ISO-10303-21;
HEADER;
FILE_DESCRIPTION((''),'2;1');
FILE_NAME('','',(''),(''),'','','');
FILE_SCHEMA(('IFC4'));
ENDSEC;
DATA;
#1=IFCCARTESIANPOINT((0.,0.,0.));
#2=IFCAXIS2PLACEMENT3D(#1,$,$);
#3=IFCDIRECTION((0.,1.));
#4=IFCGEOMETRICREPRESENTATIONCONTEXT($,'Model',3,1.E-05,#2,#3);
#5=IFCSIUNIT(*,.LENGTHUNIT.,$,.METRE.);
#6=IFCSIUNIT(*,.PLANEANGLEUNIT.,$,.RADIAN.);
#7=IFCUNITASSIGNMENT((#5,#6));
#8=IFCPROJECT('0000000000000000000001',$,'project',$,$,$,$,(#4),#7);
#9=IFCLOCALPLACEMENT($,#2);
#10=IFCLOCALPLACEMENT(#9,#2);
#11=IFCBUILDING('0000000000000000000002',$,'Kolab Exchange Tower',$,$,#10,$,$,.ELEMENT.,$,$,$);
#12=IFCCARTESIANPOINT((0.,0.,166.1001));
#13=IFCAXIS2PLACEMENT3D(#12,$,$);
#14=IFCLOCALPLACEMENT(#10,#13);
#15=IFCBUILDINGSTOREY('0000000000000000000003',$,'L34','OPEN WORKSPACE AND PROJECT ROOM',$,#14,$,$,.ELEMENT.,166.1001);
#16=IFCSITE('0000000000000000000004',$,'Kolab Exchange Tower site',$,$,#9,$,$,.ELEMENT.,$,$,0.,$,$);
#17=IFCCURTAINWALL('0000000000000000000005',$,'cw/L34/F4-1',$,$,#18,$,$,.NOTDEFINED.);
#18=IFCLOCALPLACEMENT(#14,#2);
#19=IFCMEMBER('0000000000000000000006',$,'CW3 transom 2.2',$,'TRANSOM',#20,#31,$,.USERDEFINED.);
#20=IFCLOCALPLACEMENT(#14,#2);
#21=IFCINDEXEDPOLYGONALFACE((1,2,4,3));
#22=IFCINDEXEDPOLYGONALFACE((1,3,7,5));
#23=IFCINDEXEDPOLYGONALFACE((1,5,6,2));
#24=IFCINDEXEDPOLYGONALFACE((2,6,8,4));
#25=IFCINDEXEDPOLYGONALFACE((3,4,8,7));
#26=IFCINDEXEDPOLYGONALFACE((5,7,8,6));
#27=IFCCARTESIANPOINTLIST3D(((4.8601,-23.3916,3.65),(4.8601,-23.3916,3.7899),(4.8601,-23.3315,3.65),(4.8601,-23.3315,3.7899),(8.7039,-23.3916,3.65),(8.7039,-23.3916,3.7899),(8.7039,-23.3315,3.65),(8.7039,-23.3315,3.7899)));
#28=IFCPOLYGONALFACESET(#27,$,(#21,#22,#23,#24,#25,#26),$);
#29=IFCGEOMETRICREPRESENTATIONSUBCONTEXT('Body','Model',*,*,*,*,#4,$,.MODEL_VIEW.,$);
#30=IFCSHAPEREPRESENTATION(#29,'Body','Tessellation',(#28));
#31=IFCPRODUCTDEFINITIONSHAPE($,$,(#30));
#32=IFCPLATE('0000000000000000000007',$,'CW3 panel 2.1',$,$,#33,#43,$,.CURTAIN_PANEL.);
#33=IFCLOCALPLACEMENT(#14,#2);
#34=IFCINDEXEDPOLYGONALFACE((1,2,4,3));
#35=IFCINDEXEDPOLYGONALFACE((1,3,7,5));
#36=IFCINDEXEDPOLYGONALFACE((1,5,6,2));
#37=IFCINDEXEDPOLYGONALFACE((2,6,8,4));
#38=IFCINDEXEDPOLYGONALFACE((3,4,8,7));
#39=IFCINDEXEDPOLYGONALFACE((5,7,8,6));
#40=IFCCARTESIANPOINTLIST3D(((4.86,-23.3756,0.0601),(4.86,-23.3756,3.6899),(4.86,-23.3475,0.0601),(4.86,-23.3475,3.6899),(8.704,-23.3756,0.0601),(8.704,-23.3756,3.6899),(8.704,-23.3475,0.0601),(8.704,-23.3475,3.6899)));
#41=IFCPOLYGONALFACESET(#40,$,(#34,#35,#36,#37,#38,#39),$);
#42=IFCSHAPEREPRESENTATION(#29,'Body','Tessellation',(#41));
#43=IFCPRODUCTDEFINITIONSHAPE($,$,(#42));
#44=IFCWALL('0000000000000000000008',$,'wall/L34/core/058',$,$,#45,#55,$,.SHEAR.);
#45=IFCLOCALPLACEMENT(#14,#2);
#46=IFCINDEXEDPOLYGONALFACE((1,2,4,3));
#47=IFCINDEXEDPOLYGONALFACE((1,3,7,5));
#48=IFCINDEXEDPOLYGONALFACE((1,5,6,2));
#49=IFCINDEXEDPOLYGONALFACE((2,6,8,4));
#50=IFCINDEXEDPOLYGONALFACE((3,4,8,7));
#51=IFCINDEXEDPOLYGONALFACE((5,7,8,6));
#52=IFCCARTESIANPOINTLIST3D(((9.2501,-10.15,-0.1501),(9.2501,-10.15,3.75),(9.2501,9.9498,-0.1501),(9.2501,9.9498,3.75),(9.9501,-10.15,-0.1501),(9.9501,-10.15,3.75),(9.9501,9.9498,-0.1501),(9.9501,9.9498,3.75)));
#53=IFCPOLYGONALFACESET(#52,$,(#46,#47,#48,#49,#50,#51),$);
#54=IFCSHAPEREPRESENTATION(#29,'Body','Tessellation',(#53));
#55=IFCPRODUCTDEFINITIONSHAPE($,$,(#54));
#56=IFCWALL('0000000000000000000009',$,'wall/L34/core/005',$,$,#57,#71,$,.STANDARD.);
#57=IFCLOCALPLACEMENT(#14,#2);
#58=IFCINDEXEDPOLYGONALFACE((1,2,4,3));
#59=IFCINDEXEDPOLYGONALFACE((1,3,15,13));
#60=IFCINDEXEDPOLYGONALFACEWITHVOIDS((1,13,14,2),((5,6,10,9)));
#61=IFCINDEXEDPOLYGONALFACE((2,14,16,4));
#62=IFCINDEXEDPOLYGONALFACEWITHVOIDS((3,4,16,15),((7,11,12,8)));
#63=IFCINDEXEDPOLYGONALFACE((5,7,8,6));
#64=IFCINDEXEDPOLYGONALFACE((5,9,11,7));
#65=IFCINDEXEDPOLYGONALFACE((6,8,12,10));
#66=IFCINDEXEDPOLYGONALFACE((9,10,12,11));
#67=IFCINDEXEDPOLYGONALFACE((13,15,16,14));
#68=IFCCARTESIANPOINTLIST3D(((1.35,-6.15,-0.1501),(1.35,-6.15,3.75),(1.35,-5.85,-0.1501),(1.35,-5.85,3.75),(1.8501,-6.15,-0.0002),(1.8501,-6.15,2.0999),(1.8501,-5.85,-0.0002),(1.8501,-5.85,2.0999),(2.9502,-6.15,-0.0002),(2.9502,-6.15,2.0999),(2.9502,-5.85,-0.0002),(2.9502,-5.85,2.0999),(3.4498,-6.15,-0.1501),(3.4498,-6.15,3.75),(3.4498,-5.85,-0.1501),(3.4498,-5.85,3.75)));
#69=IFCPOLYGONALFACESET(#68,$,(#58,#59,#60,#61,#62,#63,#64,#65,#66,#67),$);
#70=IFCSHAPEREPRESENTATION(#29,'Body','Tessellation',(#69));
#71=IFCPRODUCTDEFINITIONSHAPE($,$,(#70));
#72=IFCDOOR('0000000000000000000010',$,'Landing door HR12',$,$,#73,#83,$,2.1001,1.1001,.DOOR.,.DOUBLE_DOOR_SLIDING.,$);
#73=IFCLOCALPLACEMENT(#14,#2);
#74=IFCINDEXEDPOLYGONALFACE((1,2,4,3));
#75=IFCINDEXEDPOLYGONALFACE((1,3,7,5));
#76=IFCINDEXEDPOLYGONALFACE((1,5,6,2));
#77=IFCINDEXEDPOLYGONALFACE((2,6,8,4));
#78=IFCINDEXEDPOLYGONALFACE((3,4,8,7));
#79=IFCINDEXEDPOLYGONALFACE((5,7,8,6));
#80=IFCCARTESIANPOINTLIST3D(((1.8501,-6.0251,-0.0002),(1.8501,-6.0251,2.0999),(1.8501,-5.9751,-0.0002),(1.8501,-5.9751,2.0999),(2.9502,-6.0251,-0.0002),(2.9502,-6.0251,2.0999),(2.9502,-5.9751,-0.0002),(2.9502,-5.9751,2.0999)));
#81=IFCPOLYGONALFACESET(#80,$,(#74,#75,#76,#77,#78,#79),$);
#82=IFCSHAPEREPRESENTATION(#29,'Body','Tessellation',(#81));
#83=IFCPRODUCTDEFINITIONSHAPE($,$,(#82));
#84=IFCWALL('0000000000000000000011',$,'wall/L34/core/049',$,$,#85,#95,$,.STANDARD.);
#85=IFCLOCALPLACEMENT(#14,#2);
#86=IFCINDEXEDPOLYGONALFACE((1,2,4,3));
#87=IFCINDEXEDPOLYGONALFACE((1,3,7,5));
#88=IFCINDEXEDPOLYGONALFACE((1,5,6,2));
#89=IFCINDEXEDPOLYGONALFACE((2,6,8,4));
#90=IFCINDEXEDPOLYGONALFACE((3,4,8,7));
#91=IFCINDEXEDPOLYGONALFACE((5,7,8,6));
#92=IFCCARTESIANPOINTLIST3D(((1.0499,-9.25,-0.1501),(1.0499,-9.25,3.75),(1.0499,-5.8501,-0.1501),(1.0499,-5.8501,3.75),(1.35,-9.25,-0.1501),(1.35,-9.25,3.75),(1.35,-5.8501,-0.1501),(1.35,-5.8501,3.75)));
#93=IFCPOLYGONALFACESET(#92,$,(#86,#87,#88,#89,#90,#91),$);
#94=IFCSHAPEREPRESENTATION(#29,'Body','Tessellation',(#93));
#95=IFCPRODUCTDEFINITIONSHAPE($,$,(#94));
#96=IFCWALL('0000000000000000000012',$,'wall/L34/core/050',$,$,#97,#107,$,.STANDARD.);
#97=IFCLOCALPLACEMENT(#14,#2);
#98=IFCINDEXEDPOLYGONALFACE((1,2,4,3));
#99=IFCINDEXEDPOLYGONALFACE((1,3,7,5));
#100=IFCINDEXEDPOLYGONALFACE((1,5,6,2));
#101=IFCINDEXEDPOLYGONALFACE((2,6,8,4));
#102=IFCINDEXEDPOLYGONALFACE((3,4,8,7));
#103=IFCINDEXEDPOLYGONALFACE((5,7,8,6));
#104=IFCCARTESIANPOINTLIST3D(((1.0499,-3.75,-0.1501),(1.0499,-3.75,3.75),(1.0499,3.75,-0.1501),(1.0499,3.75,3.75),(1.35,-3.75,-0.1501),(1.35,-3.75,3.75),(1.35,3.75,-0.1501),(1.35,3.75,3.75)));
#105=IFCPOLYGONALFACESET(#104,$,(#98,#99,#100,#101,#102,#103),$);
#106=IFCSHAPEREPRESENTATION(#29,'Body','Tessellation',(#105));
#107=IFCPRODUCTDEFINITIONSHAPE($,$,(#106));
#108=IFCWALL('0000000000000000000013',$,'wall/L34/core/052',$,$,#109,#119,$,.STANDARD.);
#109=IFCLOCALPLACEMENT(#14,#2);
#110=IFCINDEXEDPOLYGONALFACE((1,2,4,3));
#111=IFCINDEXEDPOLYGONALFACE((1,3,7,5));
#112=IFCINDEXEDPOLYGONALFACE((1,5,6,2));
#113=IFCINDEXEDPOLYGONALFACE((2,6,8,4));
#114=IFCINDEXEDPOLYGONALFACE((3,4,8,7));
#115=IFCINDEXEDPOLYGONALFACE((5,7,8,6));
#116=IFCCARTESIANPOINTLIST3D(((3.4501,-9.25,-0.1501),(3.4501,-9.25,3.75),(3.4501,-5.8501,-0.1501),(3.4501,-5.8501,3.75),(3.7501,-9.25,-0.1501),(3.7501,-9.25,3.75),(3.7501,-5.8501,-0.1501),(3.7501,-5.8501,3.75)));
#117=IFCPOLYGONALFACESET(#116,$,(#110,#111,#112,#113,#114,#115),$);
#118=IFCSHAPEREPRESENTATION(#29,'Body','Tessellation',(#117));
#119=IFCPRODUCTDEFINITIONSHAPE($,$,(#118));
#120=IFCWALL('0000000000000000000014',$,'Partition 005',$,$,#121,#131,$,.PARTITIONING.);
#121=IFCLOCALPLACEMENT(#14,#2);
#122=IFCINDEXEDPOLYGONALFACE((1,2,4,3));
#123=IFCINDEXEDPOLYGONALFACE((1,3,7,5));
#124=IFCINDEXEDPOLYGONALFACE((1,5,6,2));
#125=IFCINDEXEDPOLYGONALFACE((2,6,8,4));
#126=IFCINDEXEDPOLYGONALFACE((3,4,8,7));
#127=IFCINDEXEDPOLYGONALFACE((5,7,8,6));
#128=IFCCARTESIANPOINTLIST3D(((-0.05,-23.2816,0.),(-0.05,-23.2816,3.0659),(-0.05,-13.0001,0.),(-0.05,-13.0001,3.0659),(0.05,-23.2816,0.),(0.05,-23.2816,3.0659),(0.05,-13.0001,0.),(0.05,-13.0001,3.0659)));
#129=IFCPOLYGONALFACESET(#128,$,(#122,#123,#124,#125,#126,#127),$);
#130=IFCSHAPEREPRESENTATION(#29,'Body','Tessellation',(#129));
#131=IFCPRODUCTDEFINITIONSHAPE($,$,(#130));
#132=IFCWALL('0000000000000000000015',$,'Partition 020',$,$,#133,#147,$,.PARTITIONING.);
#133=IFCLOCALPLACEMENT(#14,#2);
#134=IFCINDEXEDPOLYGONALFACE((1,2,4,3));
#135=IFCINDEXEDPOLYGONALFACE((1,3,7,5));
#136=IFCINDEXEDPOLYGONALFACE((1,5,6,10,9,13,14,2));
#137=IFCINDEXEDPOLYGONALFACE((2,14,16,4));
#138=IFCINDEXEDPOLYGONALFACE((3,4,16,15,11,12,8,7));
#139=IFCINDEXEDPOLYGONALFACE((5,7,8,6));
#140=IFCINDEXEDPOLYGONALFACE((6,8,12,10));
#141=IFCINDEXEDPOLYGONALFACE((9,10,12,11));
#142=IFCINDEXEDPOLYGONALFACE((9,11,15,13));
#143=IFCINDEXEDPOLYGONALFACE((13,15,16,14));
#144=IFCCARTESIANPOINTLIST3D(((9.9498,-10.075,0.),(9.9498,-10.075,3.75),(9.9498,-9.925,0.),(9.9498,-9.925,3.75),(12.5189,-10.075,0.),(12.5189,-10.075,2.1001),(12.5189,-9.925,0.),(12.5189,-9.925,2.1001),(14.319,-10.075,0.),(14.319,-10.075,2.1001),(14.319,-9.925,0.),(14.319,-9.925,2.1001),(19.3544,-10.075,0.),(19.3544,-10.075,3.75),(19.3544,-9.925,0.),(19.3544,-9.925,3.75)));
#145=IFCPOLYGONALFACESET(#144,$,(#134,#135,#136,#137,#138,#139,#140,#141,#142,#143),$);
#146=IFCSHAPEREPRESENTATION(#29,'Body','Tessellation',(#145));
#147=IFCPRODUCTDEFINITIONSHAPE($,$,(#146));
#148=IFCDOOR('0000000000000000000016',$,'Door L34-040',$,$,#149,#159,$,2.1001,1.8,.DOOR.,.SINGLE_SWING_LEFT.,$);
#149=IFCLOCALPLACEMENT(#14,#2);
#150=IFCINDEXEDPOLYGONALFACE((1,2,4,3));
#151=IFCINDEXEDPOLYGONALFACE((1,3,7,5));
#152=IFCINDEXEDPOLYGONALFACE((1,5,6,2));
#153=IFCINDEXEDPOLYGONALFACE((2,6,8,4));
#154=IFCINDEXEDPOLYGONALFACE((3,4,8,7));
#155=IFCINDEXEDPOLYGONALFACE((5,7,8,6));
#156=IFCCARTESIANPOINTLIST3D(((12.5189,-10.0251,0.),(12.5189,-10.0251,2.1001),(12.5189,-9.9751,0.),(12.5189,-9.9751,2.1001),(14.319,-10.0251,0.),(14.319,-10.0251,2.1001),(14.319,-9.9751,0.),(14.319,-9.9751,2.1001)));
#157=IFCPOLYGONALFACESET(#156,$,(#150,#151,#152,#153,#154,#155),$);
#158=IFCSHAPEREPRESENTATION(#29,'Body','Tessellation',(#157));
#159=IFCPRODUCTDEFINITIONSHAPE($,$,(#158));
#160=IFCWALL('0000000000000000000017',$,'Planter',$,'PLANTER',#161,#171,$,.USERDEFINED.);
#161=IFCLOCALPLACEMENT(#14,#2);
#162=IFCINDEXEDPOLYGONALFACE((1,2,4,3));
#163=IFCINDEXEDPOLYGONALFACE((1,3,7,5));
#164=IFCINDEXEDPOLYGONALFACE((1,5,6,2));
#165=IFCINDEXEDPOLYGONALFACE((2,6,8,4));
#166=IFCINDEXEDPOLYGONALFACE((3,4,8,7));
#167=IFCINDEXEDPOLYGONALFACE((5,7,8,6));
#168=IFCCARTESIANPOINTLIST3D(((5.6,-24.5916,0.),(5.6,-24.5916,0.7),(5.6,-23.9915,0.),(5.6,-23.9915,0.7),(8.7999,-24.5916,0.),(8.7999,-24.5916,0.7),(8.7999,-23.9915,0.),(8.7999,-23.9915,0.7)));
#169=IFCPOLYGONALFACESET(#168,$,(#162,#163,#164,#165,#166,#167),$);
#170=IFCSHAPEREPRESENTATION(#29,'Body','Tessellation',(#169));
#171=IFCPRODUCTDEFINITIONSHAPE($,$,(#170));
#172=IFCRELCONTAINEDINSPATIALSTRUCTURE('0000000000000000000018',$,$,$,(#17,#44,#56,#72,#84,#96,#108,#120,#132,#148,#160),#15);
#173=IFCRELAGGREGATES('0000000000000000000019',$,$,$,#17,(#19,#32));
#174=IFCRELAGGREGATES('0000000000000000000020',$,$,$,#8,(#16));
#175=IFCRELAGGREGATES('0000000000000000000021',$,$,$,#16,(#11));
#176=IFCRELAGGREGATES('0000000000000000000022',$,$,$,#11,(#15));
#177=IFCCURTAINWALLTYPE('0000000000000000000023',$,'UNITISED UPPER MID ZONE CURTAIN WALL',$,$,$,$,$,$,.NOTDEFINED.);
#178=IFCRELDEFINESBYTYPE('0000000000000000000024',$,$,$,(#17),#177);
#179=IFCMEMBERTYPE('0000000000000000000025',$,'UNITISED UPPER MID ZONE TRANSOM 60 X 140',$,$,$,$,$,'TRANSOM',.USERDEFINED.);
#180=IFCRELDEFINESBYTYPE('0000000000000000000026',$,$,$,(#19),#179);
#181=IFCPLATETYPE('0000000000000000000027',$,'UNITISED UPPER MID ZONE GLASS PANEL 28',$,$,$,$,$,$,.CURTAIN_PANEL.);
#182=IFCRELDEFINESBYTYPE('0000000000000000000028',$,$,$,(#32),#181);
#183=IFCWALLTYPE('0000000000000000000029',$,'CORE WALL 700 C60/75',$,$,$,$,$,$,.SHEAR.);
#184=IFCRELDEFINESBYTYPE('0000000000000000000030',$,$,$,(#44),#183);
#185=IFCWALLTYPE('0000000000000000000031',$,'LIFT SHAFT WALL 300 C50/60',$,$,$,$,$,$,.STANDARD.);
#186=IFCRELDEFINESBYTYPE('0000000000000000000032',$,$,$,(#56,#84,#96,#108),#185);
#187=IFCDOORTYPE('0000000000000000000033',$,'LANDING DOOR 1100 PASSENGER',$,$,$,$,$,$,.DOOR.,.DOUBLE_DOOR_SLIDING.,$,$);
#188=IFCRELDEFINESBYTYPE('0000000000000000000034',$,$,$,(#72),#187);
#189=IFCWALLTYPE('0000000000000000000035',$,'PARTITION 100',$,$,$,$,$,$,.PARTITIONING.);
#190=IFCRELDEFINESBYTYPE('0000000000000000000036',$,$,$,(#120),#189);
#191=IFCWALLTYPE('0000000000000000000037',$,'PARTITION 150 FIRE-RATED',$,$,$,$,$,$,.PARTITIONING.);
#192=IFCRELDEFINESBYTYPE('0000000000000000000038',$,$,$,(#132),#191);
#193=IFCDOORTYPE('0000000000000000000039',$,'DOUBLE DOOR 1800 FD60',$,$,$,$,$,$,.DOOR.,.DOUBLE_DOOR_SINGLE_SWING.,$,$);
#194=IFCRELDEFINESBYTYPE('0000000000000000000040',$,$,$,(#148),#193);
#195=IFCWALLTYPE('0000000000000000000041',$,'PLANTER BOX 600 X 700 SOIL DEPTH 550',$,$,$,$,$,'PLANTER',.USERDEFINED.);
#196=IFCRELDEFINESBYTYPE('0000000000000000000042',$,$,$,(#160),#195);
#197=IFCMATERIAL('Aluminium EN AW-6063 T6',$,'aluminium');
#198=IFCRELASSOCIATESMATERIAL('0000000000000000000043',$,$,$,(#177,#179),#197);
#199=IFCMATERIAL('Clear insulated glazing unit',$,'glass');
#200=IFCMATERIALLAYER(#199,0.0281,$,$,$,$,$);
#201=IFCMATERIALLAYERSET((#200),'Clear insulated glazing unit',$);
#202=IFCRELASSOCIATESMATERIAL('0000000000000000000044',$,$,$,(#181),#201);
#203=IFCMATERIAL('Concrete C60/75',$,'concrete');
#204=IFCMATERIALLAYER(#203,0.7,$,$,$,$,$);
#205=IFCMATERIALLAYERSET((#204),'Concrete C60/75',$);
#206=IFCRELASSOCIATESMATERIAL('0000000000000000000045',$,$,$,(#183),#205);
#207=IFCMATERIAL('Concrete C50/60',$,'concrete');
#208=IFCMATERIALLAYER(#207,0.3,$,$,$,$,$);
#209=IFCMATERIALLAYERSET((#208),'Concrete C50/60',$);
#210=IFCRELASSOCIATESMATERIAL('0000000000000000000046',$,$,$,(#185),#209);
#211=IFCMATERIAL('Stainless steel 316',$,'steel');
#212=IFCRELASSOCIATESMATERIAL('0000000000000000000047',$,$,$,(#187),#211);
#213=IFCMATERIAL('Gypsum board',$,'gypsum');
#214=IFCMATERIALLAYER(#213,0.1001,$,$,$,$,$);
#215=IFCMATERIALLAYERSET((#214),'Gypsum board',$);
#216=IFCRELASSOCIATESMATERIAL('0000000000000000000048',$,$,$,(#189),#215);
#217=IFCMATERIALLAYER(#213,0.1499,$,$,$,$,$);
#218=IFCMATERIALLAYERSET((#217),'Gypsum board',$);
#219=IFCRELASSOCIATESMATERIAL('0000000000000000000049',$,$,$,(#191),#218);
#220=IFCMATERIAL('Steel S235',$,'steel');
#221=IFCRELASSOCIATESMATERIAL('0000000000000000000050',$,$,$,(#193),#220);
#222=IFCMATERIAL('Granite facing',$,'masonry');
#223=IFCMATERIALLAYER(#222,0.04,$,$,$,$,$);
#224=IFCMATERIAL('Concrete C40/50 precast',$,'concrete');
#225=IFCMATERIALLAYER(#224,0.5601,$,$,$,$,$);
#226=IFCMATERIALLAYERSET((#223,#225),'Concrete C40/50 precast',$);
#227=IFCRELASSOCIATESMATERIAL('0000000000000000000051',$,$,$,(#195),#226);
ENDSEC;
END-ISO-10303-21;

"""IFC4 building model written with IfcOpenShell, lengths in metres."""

from ifc_helpers import new_model, si_unit, direction, frame, frame_2d, origin, origin_2d, place, context, subcontext, project, spatial, rectangle, extrude, material, layer, layer_set, material_profile, profile_set, type_object, element, fill, aggregate, save


model = new_model("IFC4")

# Units and contexts
model_context = context("Model", 3, precision=1e-05, world=origin(), true_north=direction((0.0, 1.0)))
body_context = subcontext(model_context, "Body", "Model", "MODEL_VIEW")
ifc_project = project(units=[si_unit("LENGTHUNIT", "METRE"), si_unit("PLANEANGLEUNIT", "RADIAN")], contexts=[model_context])

# Site, building, storey
site_placement = place(None, origin())
site = spatial("IfcSite", under=ifc_project, at=site_placement, Name="Kolab Exchange Tower site", CompositionType="ELEMENT", RefElevation=0.0)
building_placement = place(site_placement, origin())
building = spatial("IfcBuilding", under=site, at=building_placement, Name="Kolab Exchange Tower", CompositionType="ELEMENT")
storey_placement = place(building_placement, frame((0.0, 0.0, 166.1001)))
storey = spatial("IfcBuildingStorey", under=building, at=storey_placement, Name="L34", Description="OPEN WORKSPACE AND PROJECT ROOM", CompositionType="ELEMENT", Elevation=166.1001)

# Shared definitions
ifc_material_1 = material(Name="Concrete C60/75", Category="concrete")

# Curtain wall, member, plate
ifc_material_2 = material(Name="Aluminium EN AW-6063 T6", Category="aluminium")
curtain_wall_type = type_object("IfcCurtainWallType", Name="UNITISED UPPER MID ZONE CURTAIN WALL", PredefinedType="NOTDEFINED", material=ifc_material_2)
curtain_wall_placement = place(storey_placement, origin())
curtain_wall = element("IfcCurtainWall", 1, at=curtain_wall_placement, inside=storey, type_object=curtain_wall_type, Name="cw/L34/F4-1", PredefinedType="NOTDEFINED")
ifc_material_profile_1 = material_profile(ifc_material_2, rectangle(XDim=0.0601, YDim=0.1399, at=origin_2d()), Name="RECT 60X140")
ifc_profile_set_1 = profile_set([ifc_material_profile_1], Name="Aluminium EN AW-6063 T6")
member_type_1 = type_object("IfcMemberType", Name="UNITISED UPPER MID ZONE TRANSOM 60 X 140", ElementType="TRANSOM", PredefinedType="USERDEFINED", material=ifc_profile_set_1)
member_1_placement = place(storey_placement, frame((8.7039, -23.3616, 3.72), z_axis=(-1.0, 0.0, 0.0), x_axis=(0.0, -1.0, 0.0)))
member_1 = element("IfcMember", 2, at=member_1_placement, type_object=member_type_1, Name="CW3 transom 2.2", ObjectType="TRANSOM", PredefinedType="USERDEFINED", context=body_context, shape_type="SweptSolid", body=[
    extrude(rectangle(XDim=0.0601, YDim=0.1399, at=origin_2d()), origin(), (0.0, 0.0, 1.0), 3.8438),
])
ifc_material_3 = material(Name="Clear insulated glazing unit", Category="glass")
ifc_layer_1 = layer(ifc_material_3, 0.0281)
ifc_layer_set_1 = layer_set([ifc_layer_1], Name="Clear insulated glazing unit")
plate_type = type_object("IfcPlateType", Name="UNITISED UPPER MID ZONE GLASS PANEL 28", PredefinedType="CURTAIN_PANEL", material=ifc_layer_set_1)
plate_placement = place(storey_placement, frame((6.782, -23.3616, 0.0601), z_axis=(0.0, 0.0, 1.0), x_axis=(-1.0, 0.0, 0.0)))
plate = element("IfcPlate", 3, at=plate_placement, type_object=plate_type, Name="CW3 panel 2.1", PredefinedType="CURTAIN_PANEL", context=body_context, shape_type="SweptSolid", body=[
    extrude(rectangle(XDim=3.844, YDim=0.0281, at=origin_2d()), origin(), (0.0, 0.0, 1.0), 3.6299),
])
aggregate(curtain_wall, [member_1, plate])

# Wall
ifc_layer_2 = layer(ifc_material_1, 0.7)
ifc_layer_set_2 = layer_set([ifc_layer_2], Name="Concrete C60/75")
wall_type_1 = type_object("IfcWallType", Name="CORE WALL 700 C60/75", PredefinedType="SHEAR", material=ifc_layer_set_2)
wall_1_placement = place(storey_placement, frame((9.6001, -10.1499, -0.1501), z_axis=(0.0, 0.0, 1.0), x_axis=(0.0, 1.0, 0.0)))
element("IfcWall", 4, at=wall_1_placement, inside=storey, type_object=wall_type_1, Name="wall/L34/core/058", PredefinedType="SHEAR", context=body_context, shape_type="SweptSolid", body=[
    extrude(rectangle(XDim=20.0999, YDim=0.7, at=frame_2d((10.0498, 0.0))), origin(), (0.0, 0.0, 1.0), 3.9001),
])

# Wall, opening, door
ifc_material_4 = material(Name="Concrete C50/60", Category="concrete")
ifc_layer_3 = layer(ifc_material_4, 0.3)
ifc_layer_set_3 = layer_set([ifc_layer_3], Name="Concrete C50/60")
wall_type_2 = type_object("IfcWallType", Name="LIFT SHAFT WALL 300 C50/60", PredefinedType="STANDARD", material=ifc_layer_set_3)
wall_2_placement = place(storey_placement, frame((1.3501, -6.0, -0.1501), z_axis=(0.0, 0.0, 1.0), x_axis=(1.0, 0.0, 0.0)))
wall_2 = element("IfcWall", 5, at=wall_2_placement, inside=storey, type_object=wall_type_2, Name="wall/L34/core/005", PredefinedType="STANDARD", context=body_context, shape_type="SweptSolid", body=[
    extrude(rectangle(XDim=2.0999, YDim=0.3, at=frame_2d((1.0498, 0.0))), origin(), (0.0, 0.0, 1.0), 3.9001),
])
opening_1_placement = place(wall_2_placement, frame((0.5, 0.0, 0.1499)))
opening_1 = element("IfcOpeningElement", 6, at=opening_1_placement, cuts=wall_2, PredefinedType="OPENING", context=body_context, shape_type="SweptSolid", body=[
    extrude(rectangle(XDim=1.1001, YDim=2.1001, at=frame_2d((0.55, 1.05))), frame((0.0, 0.1602, 0.0), z_axis=(0.0, -1.0, 0.0), x_axis=(1.0, 0.0, 0.0)), (0.0, 0.0, 1.0), 0.3201),
])
ifc_material_5 = material(Name="Stainless steel 316", Category="steel")
door_type_1 = type_object("IfcDoorType", Name="LANDING DOOR 1100 PASSENGER", OperationType="DOUBLE_DOOR_SLIDING", PredefinedType="DOOR", material=ifc_material_5)
door_1_placement = place(opening_1_placement, origin())
door_1 = element("IfcDoor", 7, at=door_1_placement, inside=storey, type_object=door_type_1, Name="Landing door HR12", OperationType="DOUBLE_DOOR_SLIDING", OverallHeight=2.1001, OverallWidth=1.1001, PredefinedType="DOOR", context=body_context, shape_type="SweptSolid", body=[
    extrude(rectangle(XDim=1.1001, YDim=2.1001, at=frame_2d((0.55, 1.05))), frame((0.0, 0.0249, 0.0), z_axis=(0.0, -1.0, 0.0), x_axis=(1.0, 0.0, 0.0)), (0.0, 0.0, 1.0), 0.05),
])
fill(opening_1, door_1)

# Walls
wall_3_placement = place(storey_placement, frame((1.2, -9.25, -0.1501), z_axis=(0.0, 0.0, 1.0), x_axis=(0.0, 1.0, 0.0)))
element("IfcWall", 8, at=wall_3_placement, inside=storey, type_object=wall_type_2, Name="wall/L34/core/049", PredefinedType="STANDARD", context=body_context, shape_type="SweptSolid", body=[
    extrude(rectangle(XDim=3.3999, YDim=0.3, at=frame_2d((1.7, 0.0))), origin(), (0.0, 0.0, 1.0), 3.9001),
])
wall_4_placement = place(storey_placement, frame((1.2, -3.75, -0.1501), z_axis=(0.0, 0.0, 1.0), x_axis=(0.0, 1.0, 0.0)))
element("IfcWall", 9, at=wall_4_placement, inside=storey, type_object=wall_type_2, Name="wall/L34/core/050", PredefinedType="STANDARD", context=body_context, shape_type="SweptSolid", body=[
    extrude(rectangle(XDim=7.5, YDim=0.3, at=frame_2d((3.75, 0.0))), origin(), (0.0, 0.0, 1.0), 3.9001),
])
wall_5_placement = place(storey_placement, frame((3.6001, -9.25, -0.1501), z_axis=(0.0, 0.0, 1.0), x_axis=(0.0, 1.0, 0.0)))
element("IfcWall", 10, at=wall_5_placement, inside=storey, type_object=wall_type_2, Name="wall/L34/core/052", PredefinedType="STANDARD", context=body_context, shape_type="SweptSolid", body=[
    extrude(rectangle(XDim=3.3999, YDim=0.3, at=frame_2d((1.7, 0.0))), origin(), (0.0, 0.0, 1.0), 3.9001),
])
ifc_material_6 = material(Name="Gypsum board", Category="gypsum")
ifc_layer_4 = layer(ifc_material_6, 0.1001)
ifc_layer_set_4 = layer_set([ifc_layer_4], Name="Gypsum board")
wall_type_3 = type_object("IfcWallType", Name="PARTITION 100", PredefinedType="PARTITIONING", material=ifc_layer_set_4)
wall_6_placement = place(storey_placement, frame((0.0, -23.2815, 0.0), z_axis=(0.0, 0.0, 1.0), x_axis=(0.0, 1.0, 0.0)))
element("IfcWall", 11, at=wall_6_placement, inside=storey, type_object=wall_type_3, Name="Partition 005", PredefinedType="PARTITIONING", context=body_context, shape_type="SweptSolid", body=[
    extrude(rectangle(XDim=10.2815, YDim=0.1001, at=frame_2d((5.1406, 0.0))), origin(), (0.0, 0.0, 1.0), 3.0659),
])

# Wall, opening, door
ifc_layer_5 = layer(ifc_material_6, 0.1499)
ifc_layer_set_5 = layer_set([ifc_layer_5], Name="Gypsum board")
wall_type_4 = type_object("IfcWallType", Name="PARTITION 150 FIRE-RATED", PredefinedType="PARTITIONING", material=ifc_layer_set_5)
wall_7_placement = place(storey_placement, frame((9.95, -10.0, 0.0), z_axis=(0.0, 0.0, 1.0), x_axis=(1.0, 0.0, 0.0)))
wall_7 = element("IfcWall", 12, at=wall_7_placement, inside=storey, type_object=wall_type_4, Name="Partition 020", PredefinedType="PARTITIONING", context=body_context, shape_type="SweptSolid", body=[
    extrude(rectangle(XDim=9.4045, YDim=0.1499, at=frame_2d((4.7021, 0.0))), origin(), (0.0, 0.0, 1.0), 3.75),
])
opening_2_placement = place(wall_7_placement, frame((2.5691, 0.0, 0.0)))
opening_2 = element("IfcOpeningElement", 13, at=opening_2_placement, cuts=wall_7, PredefinedType="OPENING", context=body_context, shape_type="SweptSolid", body=[
    extrude(rectangle(XDim=1.8, YDim=2.1001, at=frame_2d((0.8999, 1.05))), frame((0.0, 0.085, 0.0), z_axis=(0.0, -1.0, 0.0), x_axis=(1.0, 0.0, 0.0)), (0.0, 0.0, 1.0), 0.1699),
])
ifc_material_7 = material(Name="Steel S235", Category="steel")
door_type_2 = type_object("IfcDoorType", Name="DOUBLE DOOR 1800 FD60", OperationType="DOUBLE_DOOR_SINGLE_SWING", PredefinedType="DOOR", material=ifc_material_7)
door_2_placement = place(opening_2_placement, origin())
door_2 = element("IfcDoor", 14, at=door_2_placement, inside=storey, type_object=door_type_2, Name="Door L34-040", OperationType="SINGLE_SWING_LEFT", OverallHeight=2.1001, OverallWidth=1.8, PredefinedType="DOOR", context=body_context, shape_type="SweptSolid", body=[
    extrude(rectangle(XDim=1.8, YDim=2.1001, at=frame_2d((0.8999, 1.05))), frame((0.0, 0.0249, 0.0), z_axis=(0.0, -1.0, 0.0), x_axis=(1.0, 0.0, 0.0)), (0.0, 0.0, 1.0), 0.05),
])
fill(opening_2, door_2)

# Wall
ifc_material_8 = material(Name="Granite facing", Category="masonry")
ifc_layer_6 = layer(ifc_material_8, 0.04)
ifc_material_9 = material(Name="Concrete C40/50 precast", Category="concrete")
ifc_layer_7 = layer(ifc_material_9, 0.5601)
ifc_layer_set_6 = layer_set([ifc_layer_6, ifc_layer_7], Name="Concrete C40/50 precast")
wall_type_5 = type_object("IfcWallType", Name="PLANTER BOX 600 X 700 SOIL DEPTH 550", ElementType="PLANTER", PredefinedType="USERDEFINED", material=ifc_layer_set_6)
wall_8_placement = place(storey_placement, frame((8.8, -24.2915, 0.0), z_axis=(0.0, 0.0, 1.0), x_axis=(-1.0, 0.0, 0.0)))
element("IfcWall", 15, at=wall_8_placement, inside=storey, type_object=wall_type_5, Name="Planter", ObjectType="PLANTER", PredefinedType="USERDEFINED", context=body_context, shape_type="SweptSolid", body=[
    extrude(rectangle(XDim=3.2, YDim=0.6001, at=frame_2d((1.6001, 0.0))), origin(), (0.0, 0.0, 1.0), 0.7),
])

save(model, "model.ifc")
